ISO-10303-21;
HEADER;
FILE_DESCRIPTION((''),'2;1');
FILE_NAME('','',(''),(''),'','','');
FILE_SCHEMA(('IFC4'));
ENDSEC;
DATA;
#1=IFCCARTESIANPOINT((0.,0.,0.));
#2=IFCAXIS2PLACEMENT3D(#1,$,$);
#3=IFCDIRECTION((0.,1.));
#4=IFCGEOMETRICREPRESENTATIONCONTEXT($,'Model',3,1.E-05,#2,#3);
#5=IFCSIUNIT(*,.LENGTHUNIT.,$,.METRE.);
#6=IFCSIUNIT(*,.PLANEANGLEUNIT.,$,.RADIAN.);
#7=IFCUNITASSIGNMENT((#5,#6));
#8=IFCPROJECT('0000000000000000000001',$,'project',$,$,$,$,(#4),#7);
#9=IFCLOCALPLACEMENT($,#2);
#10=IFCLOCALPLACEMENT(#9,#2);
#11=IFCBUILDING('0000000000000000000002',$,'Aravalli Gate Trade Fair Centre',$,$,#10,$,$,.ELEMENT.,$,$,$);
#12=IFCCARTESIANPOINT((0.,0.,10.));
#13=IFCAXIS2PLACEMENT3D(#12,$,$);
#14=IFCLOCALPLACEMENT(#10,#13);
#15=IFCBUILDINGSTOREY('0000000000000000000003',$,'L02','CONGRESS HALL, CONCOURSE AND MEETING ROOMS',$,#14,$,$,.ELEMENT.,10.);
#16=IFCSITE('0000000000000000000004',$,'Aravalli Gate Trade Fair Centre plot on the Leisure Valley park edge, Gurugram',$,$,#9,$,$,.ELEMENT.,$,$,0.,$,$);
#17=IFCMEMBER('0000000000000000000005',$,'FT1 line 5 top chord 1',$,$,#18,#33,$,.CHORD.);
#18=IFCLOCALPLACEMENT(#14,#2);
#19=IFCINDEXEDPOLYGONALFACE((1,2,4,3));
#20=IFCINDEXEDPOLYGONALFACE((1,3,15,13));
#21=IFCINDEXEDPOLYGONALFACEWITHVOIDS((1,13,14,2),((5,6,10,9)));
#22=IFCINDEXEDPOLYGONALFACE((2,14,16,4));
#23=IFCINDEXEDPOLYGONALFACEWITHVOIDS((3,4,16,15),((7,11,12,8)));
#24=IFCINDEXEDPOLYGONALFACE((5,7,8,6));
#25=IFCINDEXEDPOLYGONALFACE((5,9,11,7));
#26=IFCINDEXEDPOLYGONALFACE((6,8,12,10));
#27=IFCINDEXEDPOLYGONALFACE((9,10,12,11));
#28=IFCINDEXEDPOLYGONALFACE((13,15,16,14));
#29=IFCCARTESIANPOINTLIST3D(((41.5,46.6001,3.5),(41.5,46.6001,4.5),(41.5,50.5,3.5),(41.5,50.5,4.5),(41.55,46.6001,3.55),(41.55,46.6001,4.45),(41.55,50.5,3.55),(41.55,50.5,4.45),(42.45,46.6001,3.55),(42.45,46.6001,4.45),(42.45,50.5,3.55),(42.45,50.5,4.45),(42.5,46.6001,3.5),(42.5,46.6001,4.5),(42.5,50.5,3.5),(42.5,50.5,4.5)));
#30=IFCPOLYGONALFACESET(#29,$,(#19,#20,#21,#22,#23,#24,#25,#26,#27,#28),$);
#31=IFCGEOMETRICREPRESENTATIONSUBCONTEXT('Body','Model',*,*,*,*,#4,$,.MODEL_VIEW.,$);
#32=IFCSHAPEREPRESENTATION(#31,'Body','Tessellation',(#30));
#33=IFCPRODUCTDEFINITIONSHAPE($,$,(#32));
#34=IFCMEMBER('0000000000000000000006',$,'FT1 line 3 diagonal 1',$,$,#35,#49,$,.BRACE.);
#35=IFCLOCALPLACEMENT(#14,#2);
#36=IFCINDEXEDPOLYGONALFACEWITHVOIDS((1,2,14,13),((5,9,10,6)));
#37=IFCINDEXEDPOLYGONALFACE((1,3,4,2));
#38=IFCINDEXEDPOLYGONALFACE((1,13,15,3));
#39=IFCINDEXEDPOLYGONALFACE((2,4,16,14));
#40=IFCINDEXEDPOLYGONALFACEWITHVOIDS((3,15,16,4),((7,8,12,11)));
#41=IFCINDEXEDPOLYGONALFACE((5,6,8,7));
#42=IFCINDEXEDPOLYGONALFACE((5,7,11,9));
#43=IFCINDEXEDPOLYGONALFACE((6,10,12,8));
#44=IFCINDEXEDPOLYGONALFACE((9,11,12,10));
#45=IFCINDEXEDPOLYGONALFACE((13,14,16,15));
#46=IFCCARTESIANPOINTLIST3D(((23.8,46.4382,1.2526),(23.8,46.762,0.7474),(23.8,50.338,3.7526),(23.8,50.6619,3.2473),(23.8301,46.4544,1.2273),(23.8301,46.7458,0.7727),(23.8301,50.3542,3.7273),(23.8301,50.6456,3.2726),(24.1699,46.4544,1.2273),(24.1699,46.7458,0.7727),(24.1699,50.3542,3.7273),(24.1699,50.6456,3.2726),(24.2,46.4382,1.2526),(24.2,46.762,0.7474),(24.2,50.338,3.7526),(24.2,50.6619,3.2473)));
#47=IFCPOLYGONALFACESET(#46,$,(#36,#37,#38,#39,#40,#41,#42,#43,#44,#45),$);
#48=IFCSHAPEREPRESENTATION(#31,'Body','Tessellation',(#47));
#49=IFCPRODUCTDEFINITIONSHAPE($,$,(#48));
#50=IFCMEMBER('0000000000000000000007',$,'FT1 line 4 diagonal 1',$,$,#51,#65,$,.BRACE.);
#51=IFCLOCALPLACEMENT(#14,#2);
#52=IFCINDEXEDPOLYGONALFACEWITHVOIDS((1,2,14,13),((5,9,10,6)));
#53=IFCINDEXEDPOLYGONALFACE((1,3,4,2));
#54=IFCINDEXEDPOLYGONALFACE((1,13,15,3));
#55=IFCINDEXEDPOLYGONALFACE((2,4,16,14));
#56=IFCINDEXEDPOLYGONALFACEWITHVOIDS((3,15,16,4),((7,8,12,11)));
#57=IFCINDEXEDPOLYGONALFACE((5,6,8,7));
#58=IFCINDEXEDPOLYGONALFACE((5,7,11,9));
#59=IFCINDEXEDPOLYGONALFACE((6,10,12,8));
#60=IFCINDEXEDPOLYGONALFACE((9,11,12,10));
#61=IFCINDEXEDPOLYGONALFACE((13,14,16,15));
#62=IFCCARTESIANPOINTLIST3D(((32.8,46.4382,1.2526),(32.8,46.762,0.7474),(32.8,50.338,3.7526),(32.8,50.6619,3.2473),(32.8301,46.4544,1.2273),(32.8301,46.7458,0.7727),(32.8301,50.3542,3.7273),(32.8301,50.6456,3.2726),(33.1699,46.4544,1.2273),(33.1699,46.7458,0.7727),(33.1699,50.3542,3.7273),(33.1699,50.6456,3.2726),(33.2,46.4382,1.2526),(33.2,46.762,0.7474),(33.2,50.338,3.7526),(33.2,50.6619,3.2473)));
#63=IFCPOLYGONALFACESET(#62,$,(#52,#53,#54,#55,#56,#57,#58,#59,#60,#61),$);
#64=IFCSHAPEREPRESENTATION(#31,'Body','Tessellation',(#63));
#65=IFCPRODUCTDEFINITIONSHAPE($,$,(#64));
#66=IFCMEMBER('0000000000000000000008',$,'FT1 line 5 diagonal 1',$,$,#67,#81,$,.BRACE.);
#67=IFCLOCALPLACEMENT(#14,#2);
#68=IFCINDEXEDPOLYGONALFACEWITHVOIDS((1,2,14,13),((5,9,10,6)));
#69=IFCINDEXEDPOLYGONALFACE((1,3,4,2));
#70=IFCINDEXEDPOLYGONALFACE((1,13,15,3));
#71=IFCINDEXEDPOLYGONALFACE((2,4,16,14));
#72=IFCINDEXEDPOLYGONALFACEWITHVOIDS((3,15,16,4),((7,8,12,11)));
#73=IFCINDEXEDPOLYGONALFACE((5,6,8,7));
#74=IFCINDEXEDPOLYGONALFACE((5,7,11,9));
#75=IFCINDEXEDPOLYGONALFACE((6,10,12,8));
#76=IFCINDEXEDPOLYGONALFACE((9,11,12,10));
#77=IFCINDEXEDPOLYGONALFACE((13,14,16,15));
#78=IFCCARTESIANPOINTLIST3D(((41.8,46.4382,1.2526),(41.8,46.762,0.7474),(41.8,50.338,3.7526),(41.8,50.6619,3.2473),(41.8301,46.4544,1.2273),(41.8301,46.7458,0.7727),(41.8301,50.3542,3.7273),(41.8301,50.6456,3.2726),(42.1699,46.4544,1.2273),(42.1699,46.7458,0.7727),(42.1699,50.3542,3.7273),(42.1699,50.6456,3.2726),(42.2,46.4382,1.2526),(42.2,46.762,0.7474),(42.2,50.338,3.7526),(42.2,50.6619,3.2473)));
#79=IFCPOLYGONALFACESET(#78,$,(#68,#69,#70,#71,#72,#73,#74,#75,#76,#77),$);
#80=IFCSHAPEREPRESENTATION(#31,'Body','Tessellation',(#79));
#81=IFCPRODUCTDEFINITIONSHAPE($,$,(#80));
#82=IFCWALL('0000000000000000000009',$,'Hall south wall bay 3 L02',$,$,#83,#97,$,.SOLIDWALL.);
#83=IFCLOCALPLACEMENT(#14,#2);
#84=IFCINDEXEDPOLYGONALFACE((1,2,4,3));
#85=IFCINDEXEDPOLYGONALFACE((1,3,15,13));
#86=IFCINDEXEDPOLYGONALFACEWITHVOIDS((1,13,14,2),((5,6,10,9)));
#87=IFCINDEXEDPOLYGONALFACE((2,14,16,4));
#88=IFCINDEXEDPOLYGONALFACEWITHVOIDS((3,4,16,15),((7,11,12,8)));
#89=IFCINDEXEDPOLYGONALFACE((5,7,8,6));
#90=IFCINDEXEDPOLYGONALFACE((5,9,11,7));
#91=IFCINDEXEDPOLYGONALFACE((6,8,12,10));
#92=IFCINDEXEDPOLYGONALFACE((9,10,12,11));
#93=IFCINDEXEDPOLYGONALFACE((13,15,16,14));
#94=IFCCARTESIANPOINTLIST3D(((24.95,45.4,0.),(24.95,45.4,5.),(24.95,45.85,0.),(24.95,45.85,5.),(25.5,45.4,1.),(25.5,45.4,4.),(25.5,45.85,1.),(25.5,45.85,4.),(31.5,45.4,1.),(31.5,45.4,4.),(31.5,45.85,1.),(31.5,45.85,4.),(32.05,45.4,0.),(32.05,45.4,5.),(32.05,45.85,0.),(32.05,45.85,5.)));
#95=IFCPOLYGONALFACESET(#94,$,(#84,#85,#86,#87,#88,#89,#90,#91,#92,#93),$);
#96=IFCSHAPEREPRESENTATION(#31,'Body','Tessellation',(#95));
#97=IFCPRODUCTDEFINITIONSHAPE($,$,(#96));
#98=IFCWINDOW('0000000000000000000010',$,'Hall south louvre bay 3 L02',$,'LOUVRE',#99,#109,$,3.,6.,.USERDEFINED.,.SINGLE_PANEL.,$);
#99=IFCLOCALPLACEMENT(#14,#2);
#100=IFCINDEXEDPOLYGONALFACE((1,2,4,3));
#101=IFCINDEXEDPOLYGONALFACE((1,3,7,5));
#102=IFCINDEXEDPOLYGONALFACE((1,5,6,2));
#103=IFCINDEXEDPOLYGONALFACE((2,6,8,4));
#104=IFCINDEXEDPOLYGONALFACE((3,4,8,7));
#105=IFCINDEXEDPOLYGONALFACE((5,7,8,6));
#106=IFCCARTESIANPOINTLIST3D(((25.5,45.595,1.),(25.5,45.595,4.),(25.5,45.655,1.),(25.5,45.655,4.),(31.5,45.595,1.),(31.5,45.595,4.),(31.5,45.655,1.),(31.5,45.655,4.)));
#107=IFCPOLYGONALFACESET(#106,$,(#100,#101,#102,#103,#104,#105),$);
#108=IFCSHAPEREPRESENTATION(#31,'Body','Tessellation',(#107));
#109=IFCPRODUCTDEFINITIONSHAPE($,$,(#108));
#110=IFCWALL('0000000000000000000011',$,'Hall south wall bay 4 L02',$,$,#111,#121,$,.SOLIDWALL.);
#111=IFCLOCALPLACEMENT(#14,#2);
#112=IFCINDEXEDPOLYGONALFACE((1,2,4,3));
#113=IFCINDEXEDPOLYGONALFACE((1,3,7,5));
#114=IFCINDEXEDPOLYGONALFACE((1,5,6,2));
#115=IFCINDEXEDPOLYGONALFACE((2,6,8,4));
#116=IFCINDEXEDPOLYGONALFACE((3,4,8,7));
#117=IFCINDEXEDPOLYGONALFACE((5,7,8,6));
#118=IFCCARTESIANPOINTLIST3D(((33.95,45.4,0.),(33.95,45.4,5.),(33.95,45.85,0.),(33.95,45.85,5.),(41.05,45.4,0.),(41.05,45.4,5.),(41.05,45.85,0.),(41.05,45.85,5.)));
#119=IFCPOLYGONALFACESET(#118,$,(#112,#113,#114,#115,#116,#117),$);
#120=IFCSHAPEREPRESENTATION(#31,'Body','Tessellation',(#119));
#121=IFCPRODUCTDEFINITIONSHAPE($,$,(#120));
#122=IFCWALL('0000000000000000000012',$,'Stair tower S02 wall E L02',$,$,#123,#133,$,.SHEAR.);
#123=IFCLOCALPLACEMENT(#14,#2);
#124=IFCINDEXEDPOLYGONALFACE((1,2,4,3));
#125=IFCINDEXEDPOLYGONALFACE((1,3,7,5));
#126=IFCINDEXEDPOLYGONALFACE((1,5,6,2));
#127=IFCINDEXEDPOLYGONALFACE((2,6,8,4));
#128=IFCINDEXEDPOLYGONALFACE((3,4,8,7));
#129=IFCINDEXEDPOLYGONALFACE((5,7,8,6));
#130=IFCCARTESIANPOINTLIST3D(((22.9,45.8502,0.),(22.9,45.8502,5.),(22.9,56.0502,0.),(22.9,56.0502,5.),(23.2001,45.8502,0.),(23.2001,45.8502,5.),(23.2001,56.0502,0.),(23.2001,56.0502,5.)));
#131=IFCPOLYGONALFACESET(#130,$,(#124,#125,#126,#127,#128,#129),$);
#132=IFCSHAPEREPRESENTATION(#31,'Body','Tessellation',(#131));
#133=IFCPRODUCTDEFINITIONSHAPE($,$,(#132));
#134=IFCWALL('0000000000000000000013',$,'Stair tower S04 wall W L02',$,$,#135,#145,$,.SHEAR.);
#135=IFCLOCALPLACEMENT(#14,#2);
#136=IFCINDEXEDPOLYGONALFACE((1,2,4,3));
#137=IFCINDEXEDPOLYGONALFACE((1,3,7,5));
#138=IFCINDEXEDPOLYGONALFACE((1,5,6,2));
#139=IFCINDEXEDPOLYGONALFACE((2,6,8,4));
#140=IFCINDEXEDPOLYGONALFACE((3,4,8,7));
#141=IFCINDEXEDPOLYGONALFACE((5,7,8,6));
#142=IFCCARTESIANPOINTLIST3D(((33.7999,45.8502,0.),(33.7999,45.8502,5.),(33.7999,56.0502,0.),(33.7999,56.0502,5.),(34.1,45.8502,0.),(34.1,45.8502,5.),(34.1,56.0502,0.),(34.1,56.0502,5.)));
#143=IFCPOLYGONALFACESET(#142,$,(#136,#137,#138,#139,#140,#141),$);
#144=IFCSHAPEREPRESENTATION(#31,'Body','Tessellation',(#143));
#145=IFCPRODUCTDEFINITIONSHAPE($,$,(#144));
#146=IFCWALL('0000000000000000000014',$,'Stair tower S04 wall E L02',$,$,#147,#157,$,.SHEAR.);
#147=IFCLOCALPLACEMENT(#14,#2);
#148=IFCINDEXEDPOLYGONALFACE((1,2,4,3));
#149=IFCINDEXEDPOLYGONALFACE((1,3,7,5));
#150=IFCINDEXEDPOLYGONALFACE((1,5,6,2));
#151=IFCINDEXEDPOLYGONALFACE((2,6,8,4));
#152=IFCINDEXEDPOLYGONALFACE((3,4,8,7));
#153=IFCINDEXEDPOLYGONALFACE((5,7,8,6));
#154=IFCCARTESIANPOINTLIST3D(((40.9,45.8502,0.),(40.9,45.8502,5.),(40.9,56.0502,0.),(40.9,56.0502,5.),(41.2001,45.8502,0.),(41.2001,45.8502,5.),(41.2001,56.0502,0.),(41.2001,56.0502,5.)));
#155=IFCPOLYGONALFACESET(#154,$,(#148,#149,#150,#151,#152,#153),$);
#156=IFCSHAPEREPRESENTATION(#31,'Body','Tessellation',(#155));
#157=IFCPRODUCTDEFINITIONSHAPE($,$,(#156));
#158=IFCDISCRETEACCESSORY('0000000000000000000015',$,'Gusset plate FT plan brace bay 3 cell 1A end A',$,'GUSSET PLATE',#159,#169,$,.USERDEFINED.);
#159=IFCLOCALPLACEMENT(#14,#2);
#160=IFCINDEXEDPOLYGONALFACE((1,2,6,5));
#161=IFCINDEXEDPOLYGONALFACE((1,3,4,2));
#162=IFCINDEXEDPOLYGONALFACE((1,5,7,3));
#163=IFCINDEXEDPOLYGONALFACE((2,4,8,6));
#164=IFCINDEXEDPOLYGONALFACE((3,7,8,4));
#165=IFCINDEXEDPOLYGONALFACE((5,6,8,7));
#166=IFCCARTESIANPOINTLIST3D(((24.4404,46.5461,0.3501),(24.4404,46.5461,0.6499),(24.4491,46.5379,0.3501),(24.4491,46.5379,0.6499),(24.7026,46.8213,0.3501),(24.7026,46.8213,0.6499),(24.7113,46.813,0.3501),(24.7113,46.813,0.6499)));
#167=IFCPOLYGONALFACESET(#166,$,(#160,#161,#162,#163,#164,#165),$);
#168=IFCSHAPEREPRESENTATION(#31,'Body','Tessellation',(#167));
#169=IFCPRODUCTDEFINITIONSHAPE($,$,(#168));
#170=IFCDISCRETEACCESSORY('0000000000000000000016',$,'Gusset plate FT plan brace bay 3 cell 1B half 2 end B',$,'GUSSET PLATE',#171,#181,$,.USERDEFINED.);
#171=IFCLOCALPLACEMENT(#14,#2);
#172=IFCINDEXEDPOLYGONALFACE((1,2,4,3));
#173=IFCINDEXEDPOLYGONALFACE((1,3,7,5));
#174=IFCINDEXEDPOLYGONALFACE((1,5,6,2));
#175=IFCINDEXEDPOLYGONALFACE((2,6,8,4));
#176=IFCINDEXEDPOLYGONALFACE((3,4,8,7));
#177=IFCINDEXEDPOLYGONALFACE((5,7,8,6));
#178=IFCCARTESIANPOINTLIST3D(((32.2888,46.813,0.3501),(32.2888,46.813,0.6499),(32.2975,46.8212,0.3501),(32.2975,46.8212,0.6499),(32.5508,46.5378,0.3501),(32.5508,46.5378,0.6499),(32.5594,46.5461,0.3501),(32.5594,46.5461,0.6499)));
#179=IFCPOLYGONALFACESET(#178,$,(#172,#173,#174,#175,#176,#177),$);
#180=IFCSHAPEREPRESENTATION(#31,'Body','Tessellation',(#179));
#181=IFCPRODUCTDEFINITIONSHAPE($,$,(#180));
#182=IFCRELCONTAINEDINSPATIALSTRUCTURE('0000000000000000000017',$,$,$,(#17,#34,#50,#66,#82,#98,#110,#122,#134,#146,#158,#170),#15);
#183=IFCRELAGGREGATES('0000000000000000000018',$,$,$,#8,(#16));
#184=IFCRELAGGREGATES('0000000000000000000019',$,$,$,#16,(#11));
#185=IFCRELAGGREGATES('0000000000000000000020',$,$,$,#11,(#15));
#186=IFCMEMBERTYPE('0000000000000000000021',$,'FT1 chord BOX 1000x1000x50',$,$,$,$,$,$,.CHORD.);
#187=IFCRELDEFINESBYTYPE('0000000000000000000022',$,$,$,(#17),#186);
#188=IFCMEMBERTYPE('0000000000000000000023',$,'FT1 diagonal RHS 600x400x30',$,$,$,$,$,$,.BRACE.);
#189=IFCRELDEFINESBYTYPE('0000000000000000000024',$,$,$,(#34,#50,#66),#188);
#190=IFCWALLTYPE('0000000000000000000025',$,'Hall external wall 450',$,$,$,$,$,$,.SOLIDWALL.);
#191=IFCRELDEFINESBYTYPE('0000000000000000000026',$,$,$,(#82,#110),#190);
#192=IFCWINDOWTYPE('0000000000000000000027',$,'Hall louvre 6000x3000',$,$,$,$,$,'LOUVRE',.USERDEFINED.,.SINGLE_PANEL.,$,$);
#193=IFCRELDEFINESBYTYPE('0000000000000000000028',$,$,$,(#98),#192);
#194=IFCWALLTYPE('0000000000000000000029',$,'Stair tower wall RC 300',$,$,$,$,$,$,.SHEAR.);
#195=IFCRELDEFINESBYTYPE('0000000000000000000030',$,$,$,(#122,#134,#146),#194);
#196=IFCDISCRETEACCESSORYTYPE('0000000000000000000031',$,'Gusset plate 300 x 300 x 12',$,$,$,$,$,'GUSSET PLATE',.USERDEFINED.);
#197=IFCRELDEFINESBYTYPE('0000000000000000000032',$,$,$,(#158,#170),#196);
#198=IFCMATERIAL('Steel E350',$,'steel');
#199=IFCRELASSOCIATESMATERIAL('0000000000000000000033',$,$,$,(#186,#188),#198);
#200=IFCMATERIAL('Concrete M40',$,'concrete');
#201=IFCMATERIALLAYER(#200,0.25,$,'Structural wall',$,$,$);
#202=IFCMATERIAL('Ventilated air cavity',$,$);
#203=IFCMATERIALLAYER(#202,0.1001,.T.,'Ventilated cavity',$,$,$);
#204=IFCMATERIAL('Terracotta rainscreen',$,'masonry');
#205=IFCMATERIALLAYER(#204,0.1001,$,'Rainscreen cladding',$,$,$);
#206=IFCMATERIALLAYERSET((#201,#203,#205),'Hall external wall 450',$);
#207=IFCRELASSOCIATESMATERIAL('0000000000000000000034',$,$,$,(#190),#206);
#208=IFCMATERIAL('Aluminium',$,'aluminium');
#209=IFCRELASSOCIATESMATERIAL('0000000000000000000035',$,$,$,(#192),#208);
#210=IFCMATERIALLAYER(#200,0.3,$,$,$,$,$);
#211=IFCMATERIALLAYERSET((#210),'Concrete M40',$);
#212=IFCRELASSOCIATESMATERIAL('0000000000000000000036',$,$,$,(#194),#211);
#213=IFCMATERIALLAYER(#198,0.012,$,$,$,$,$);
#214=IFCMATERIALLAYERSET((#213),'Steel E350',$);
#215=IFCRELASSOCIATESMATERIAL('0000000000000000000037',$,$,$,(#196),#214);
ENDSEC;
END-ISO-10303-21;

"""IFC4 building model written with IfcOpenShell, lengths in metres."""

from ifc_helpers import new_model, si_unit, direction, frame, frame_2d, origin, origin_2d, place, context, subcontext, project, spatial, polyline, rectangle, hollow_rectangle, outline, extrude, material, layer, layer_set, material_profile, profile_set, type_object, element, fill, save


model = new_model("IFC4")

# Units and contexts
model_context = context("Model", 3, precision=1e-05, world=origin(), true_north=direction((0.0, 1.0)))
body_context = subcontext(model_context, "Body", "Model", "MODEL_VIEW")
ifc_project = project(units=[si_unit("LENGTHUNIT", "METRE"), si_unit("PLANEANGLEUNIT", "RADIAN")], contexts=[model_context])

# Site, building, storey
site_placement = place(None, origin())
site = spatial("IfcSite", under=ifc_project, at=site_placement, Name="Aravalli Gate Trade Fair Centre plot on the Leisure Valley park edge, Gurugram", CompositionType="ELEMENT", RefElevation=0.0)
building_placement = place(site_placement, origin())
building = spatial("IfcBuilding", under=site, at=building_placement, Name="Aravalli Gate Trade Fair Centre", CompositionType="ELEMENT")
storey_placement = place(building_placement, frame((0.0, 0.0, 10.0)))
storey = spatial("IfcBuildingStorey", under=building, at=storey_placement, Name="L02", Description="CONGRESS HALL, CONCOURSE AND MEETING ROOMS", CompositionType="ELEMENT", Elevation=10.0)

# Shared definitions
ifc_material_1 = material(Name="Steel E350", Category="steel")

# Members
ifc_material_profile_1 = material_profile(ifc_material_1, hollow_rectangle(XDim=1.0, YDim=1.0, WallThickness=0.05, at=origin_2d()), Name="BOX 1000x1000x50")
ifc_profile_set_1 = profile_set([ifc_material_profile_1], Name="Steel E350")
member_type_1 = type_object("IfcMemberType", Name="FT1 chord BOX 1000x1000x50", PredefinedType="CHORD", material=ifc_profile_set_1)
for number, where, z_axis, x_axis, name in (
    (1, (42.0, 46.6001, 4.0), (0.0, 1.0, 0.0), (-1.0, 0.0, 0.0), "FT1 line 5 top chord 1"),
):
    element("IfcMember", number, at=place(storey_placement, frame(where, z_axis=z_axis, x_axis=x_axis)), inside=storey, type_object=member_type_1, Name=name, PredefinedType="CHORD", context=body_context, shape_type="SweptSolid", body=[
        extrude(hollow_rectangle(XDim=1.0, YDim=1.0, WallThickness=0.05, at=origin_2d()), origin(), (0.0, 0.0, 1.0), 3.8999),
    ])
ifc_material_profile_2 = material_profile(ifc_material_1, hollow_rectangle(XDim=0.3999, YDim=0.6001, WallThickness=0.03, at=origin_2d()), Name="RHS 600x400x30")
ifc_profile_set_2 = profile_set([ifc_material_profile_2], Name="Steel E350")
member_type_2 = type_object("IfcMemberType", Name="FT1 diagonal RHS 600x400x30", PredefinedType="BRACE", material=ifc_profile_set_2)
for number, where, z_axis, x_axis, name in (
    (2, (24.0, 46.6001, 1.0), (0.0, 0.841873, 0.539676), (-1.0, 0.0, 0.0), "FT1 line 3 diagonal 1"),
    (3, (33.0, 46.6001, 1.0), (0.0, 0.841873, 0.539676), (-1.0, 0.0, 0.0), "FT1 line 4 diagonal 1"),
    (4, (42.0, 46.6001, 1.0), (0.0, 0.841873, 0.539676), (-1.0, 0.0, 0.0), "FT1 line 5 diagonal 1"),
):
    element("IfcMember", number, at=place(storey_placement, frame(where, z_axis=z_axis, x_axis=x_axis)), inside=storey, type_object=member_type_2, Name=name, PredefinedType="BRACE", context=body_context, shape_type="SweptSolid", body=[
        extrude(hollow_rectangle(XDim=0.3999, YDim=0.6001, WallThickness=0.03, at=origin_2d()), origin(), (0.0, 0.0, 1.0), 4.6323),
    ])

# Wall, opening, window
ifc_material_2 = material(Name="Concrete M40", Category="concrete")
ifc_layer_1 = layer(ifc_material_2, 0.25, Name="Structural wall")
ifc_material_3 = material(Name="Ventilated air cavity")
ifc_layer_2 = layer(ifc_material_3, 0.1001, ventilated=True, Name="Ventilated cavity")
ifc_material_4 = material(Name="Terracotta rainscreen", Category="masonry")
ifc_layer_3 = layer(ifc_material_4, 0.1001, Name="Rainscreen cladding")
ifc_layer_set_1 = layer_set([ifc_layer_1, ifc_layer_2, ifc_layer_3], Name="Hall external wall 450")
wall_type_1 = type_object("IfcWallType", Name="Hall external wall 450", PredefinedType="SOLIDWALL", material=ifc_layer_set_1)
wall_1_placement = place(storey_placement, frame((24.95, 45.625, 0.0), z_axis=(0.0, 0.0, 1.0), x_axis=(1.0, 0.0, 0.0)))
wall_1 = element("IfcWall", 5, at=wall_1_placement, inside=storey, type_object=wall_type_1, Name="Hall south wall bay 3 L02", PredefinedType="SOLIDWALL", context=body_context, shape_type="SweptSolid", body=[
    extrude(rectangle(XDim=7.1001, YDim=0.45, at=frame_2d((3.55, 0.0))), origin(), (0.0, 0.0, 1.0), 5.0),
])
opening_placement = place(wall_1_placement, frame((0.55, 0.0, 1.0)))
opening = element("IfcOpeningElement", 6, at=opening_placement, cuts=wall_1, PredefinedType="OPENING", context=body_context, shape_type="SweptSolid", body=[
    extrude(rectangle(XDim=6.0, YDim=3.0, at=frame_2d((3.0, 1.5))), frame((0.0, 0.2349, 0.0), z_axis=(0.0, -1.0, 0.0), x_axis=(1.0, 0.0, 0.0)), (0.0, 0.0, 1.0), 0.47),
])
ifc_material_5 = material(Name="Aluminium", Category="aluminium")
window_type = type_object("IfcWindowType", Name="Hall louvre 6000x3000", ElementType="LOUVRE", PartitioningType="SINGLE_PANEL", PredefinedType="USERDEFINED", material=ifc_material_5)
window_placement = place(opening_placement, origin())
window = element("IfcWindow", 7, at=window_placement, inside=storey, type_object=window_type, Name="Hall south louvre bay 3 L02", ObjectType="LOUVRE", OverallHeight=3.0, OverallWidth=6.0, PartitioningType="SINGLE_PANEL", PredefinedType="USERDEFINED", context=body_context, shape_type="SweptSolid", body=[
    extrude(rectangle(XDim=6.0, YDim=3.0, at=frame_2d((3.0, 1.5))), frame((0.0, 0.03, 0.0), z_axis=(0.0, -1.0, 0.0), x_axis=(1.0, 0.0, 0.0)), (0.0, 0.0, 1.0), 0.0601),
])
fill(opening, window)

# Walls
wall_2_placement = place(storey_placement, frame((33.95, 45.625, 0.0), z_axis=(0.0, 0.0, 1.0), x_axis=(1.0, 0.0, 0.0)))
element("IfcWall", 8, at=wall_2_placement, inside=storey, type_object=wall_type_1, Name="Hall south wall bay 4 L02", PredefinedType="SOLIDWALL", context=body_context, shape_type="SweptSolid", body=[
    extrude(rectangle(XDim=7.1001, YDim=0.45, at=frame_2d((3.55, 0.0))), origin(), (0.0, 0.0, 1.0), 5.0),
])
ifc_layer_4 = layer(ifc_material_2, 0.3)
ifc_layer_set_2 = layer_set([ifc_layer_4], Name="Concrete M40")
wall_type_2 = type_object("IfcWallType", Name="Stair tower wall RC 300", PredefinedType="SHEAR", material=ifc_layer_set_2)
for number, where, z_axis, x_axis, name in (
    (9, (23.05, 45.8501, 0.0), (0.0, 0.0, 1.0), (0.0, 1.0, 0.0), "Stair tower S02 wall E L02"),
    (10, (33.95, 45.8501, 0.0), (0.0, 0.0, 1.0), (0.0, 1.0, 0.0), "Stair tower S04 wall W L02"),
    (11, (41.05, 45.8501, 0.0), (0.0, 0.0, 1.0), (0.0, 1.0, 0.0), "Stair tower S04 wall E L02"),
):
    element("IfcWall", number, at=place(storey_placement, frame(where, z_axis=z_axis, x_axis=x_axis)), inside=storey, type_object=wall_type_2, Name=name, PredefinedType="SHEAR", context=body_context, shape_type="SweptSolid", body=[
        extrude(rectangle(XDim=10.2, YDim=0.3, at=frame_2d((5.1001, 0.0))), origin(), (0.0, 0.0, 1.0), 5.0),
    ])

# Discrete accessories
ifc_layer_5 = layer(ifc_material_1, 0.012)
ifc_layer_set_3 = layer_set([ifc_layer_5], Name="Steel E350")
discrete_accessory_type = type_object("IfcDiscreteAccessoryType", Name="Gusset plate 300 x 300 x 12", ElementType="GUSSET PLATE", PredefinedType="USERDEFINED", material=ifc_layer_set_3)
discrete_accessory_1_placement = place(storey_placement, frame((24.7026, 46.8213, 0.3501), z_axis=(-0.723924, 0.68988, 0.0), x_axis=(-0.68988, -0.723924, 0.0)))
element("IfcDiscreteAccessory", 12, at=discrete_accessory_1_placement, inside=storey, type_object=discrete_accessory_type, Name="Gusset plate FT plan brace bay 3 cell 1A end A", ObjectType="GUSSET PLATE", PredefinedType="USERDEFINED", context=body_context, shape_type="SweptSolid", body=[
    extrude(outline(polyline([(0.0, 0.0), (0.3801, 0.0), (0.3801, 0.2998), (0.0, 0.2998), (0.0, 0.0)])), origin(), (0.0, 0.0, -1.0), 0.012),
])
discrete_accessory_2_placement = place(storey_placement, frame((32.2888, 46.813, 0.3501), z_axis=(-0.724245, -0.689543, 0.0), x_axis=(0.689543, -0.724245, 0.0)))
element("IfcDiscreteAccessory", 13, at=discrete_accessory_2_placement, inside=storey, type_object=discrete_accessory_type, Name="Gusset plate FT plan brace bay 3 cell 1B half 2 end B", ObjectType="GUSSET PLATE", PredefinedType="USERDEFINED", context=body_context, shape_type="SweptSolid", body=[
    extrude(outline(polyline([(0.0, 0.0), (0.3799, 0.0), (0.3799, 0.2998), (0.0, 0.2998), (0.0, 0.0)])), origin(), (0.0, 0.0, -1.0), 0.012),
])

save(model, "model.ifc")
